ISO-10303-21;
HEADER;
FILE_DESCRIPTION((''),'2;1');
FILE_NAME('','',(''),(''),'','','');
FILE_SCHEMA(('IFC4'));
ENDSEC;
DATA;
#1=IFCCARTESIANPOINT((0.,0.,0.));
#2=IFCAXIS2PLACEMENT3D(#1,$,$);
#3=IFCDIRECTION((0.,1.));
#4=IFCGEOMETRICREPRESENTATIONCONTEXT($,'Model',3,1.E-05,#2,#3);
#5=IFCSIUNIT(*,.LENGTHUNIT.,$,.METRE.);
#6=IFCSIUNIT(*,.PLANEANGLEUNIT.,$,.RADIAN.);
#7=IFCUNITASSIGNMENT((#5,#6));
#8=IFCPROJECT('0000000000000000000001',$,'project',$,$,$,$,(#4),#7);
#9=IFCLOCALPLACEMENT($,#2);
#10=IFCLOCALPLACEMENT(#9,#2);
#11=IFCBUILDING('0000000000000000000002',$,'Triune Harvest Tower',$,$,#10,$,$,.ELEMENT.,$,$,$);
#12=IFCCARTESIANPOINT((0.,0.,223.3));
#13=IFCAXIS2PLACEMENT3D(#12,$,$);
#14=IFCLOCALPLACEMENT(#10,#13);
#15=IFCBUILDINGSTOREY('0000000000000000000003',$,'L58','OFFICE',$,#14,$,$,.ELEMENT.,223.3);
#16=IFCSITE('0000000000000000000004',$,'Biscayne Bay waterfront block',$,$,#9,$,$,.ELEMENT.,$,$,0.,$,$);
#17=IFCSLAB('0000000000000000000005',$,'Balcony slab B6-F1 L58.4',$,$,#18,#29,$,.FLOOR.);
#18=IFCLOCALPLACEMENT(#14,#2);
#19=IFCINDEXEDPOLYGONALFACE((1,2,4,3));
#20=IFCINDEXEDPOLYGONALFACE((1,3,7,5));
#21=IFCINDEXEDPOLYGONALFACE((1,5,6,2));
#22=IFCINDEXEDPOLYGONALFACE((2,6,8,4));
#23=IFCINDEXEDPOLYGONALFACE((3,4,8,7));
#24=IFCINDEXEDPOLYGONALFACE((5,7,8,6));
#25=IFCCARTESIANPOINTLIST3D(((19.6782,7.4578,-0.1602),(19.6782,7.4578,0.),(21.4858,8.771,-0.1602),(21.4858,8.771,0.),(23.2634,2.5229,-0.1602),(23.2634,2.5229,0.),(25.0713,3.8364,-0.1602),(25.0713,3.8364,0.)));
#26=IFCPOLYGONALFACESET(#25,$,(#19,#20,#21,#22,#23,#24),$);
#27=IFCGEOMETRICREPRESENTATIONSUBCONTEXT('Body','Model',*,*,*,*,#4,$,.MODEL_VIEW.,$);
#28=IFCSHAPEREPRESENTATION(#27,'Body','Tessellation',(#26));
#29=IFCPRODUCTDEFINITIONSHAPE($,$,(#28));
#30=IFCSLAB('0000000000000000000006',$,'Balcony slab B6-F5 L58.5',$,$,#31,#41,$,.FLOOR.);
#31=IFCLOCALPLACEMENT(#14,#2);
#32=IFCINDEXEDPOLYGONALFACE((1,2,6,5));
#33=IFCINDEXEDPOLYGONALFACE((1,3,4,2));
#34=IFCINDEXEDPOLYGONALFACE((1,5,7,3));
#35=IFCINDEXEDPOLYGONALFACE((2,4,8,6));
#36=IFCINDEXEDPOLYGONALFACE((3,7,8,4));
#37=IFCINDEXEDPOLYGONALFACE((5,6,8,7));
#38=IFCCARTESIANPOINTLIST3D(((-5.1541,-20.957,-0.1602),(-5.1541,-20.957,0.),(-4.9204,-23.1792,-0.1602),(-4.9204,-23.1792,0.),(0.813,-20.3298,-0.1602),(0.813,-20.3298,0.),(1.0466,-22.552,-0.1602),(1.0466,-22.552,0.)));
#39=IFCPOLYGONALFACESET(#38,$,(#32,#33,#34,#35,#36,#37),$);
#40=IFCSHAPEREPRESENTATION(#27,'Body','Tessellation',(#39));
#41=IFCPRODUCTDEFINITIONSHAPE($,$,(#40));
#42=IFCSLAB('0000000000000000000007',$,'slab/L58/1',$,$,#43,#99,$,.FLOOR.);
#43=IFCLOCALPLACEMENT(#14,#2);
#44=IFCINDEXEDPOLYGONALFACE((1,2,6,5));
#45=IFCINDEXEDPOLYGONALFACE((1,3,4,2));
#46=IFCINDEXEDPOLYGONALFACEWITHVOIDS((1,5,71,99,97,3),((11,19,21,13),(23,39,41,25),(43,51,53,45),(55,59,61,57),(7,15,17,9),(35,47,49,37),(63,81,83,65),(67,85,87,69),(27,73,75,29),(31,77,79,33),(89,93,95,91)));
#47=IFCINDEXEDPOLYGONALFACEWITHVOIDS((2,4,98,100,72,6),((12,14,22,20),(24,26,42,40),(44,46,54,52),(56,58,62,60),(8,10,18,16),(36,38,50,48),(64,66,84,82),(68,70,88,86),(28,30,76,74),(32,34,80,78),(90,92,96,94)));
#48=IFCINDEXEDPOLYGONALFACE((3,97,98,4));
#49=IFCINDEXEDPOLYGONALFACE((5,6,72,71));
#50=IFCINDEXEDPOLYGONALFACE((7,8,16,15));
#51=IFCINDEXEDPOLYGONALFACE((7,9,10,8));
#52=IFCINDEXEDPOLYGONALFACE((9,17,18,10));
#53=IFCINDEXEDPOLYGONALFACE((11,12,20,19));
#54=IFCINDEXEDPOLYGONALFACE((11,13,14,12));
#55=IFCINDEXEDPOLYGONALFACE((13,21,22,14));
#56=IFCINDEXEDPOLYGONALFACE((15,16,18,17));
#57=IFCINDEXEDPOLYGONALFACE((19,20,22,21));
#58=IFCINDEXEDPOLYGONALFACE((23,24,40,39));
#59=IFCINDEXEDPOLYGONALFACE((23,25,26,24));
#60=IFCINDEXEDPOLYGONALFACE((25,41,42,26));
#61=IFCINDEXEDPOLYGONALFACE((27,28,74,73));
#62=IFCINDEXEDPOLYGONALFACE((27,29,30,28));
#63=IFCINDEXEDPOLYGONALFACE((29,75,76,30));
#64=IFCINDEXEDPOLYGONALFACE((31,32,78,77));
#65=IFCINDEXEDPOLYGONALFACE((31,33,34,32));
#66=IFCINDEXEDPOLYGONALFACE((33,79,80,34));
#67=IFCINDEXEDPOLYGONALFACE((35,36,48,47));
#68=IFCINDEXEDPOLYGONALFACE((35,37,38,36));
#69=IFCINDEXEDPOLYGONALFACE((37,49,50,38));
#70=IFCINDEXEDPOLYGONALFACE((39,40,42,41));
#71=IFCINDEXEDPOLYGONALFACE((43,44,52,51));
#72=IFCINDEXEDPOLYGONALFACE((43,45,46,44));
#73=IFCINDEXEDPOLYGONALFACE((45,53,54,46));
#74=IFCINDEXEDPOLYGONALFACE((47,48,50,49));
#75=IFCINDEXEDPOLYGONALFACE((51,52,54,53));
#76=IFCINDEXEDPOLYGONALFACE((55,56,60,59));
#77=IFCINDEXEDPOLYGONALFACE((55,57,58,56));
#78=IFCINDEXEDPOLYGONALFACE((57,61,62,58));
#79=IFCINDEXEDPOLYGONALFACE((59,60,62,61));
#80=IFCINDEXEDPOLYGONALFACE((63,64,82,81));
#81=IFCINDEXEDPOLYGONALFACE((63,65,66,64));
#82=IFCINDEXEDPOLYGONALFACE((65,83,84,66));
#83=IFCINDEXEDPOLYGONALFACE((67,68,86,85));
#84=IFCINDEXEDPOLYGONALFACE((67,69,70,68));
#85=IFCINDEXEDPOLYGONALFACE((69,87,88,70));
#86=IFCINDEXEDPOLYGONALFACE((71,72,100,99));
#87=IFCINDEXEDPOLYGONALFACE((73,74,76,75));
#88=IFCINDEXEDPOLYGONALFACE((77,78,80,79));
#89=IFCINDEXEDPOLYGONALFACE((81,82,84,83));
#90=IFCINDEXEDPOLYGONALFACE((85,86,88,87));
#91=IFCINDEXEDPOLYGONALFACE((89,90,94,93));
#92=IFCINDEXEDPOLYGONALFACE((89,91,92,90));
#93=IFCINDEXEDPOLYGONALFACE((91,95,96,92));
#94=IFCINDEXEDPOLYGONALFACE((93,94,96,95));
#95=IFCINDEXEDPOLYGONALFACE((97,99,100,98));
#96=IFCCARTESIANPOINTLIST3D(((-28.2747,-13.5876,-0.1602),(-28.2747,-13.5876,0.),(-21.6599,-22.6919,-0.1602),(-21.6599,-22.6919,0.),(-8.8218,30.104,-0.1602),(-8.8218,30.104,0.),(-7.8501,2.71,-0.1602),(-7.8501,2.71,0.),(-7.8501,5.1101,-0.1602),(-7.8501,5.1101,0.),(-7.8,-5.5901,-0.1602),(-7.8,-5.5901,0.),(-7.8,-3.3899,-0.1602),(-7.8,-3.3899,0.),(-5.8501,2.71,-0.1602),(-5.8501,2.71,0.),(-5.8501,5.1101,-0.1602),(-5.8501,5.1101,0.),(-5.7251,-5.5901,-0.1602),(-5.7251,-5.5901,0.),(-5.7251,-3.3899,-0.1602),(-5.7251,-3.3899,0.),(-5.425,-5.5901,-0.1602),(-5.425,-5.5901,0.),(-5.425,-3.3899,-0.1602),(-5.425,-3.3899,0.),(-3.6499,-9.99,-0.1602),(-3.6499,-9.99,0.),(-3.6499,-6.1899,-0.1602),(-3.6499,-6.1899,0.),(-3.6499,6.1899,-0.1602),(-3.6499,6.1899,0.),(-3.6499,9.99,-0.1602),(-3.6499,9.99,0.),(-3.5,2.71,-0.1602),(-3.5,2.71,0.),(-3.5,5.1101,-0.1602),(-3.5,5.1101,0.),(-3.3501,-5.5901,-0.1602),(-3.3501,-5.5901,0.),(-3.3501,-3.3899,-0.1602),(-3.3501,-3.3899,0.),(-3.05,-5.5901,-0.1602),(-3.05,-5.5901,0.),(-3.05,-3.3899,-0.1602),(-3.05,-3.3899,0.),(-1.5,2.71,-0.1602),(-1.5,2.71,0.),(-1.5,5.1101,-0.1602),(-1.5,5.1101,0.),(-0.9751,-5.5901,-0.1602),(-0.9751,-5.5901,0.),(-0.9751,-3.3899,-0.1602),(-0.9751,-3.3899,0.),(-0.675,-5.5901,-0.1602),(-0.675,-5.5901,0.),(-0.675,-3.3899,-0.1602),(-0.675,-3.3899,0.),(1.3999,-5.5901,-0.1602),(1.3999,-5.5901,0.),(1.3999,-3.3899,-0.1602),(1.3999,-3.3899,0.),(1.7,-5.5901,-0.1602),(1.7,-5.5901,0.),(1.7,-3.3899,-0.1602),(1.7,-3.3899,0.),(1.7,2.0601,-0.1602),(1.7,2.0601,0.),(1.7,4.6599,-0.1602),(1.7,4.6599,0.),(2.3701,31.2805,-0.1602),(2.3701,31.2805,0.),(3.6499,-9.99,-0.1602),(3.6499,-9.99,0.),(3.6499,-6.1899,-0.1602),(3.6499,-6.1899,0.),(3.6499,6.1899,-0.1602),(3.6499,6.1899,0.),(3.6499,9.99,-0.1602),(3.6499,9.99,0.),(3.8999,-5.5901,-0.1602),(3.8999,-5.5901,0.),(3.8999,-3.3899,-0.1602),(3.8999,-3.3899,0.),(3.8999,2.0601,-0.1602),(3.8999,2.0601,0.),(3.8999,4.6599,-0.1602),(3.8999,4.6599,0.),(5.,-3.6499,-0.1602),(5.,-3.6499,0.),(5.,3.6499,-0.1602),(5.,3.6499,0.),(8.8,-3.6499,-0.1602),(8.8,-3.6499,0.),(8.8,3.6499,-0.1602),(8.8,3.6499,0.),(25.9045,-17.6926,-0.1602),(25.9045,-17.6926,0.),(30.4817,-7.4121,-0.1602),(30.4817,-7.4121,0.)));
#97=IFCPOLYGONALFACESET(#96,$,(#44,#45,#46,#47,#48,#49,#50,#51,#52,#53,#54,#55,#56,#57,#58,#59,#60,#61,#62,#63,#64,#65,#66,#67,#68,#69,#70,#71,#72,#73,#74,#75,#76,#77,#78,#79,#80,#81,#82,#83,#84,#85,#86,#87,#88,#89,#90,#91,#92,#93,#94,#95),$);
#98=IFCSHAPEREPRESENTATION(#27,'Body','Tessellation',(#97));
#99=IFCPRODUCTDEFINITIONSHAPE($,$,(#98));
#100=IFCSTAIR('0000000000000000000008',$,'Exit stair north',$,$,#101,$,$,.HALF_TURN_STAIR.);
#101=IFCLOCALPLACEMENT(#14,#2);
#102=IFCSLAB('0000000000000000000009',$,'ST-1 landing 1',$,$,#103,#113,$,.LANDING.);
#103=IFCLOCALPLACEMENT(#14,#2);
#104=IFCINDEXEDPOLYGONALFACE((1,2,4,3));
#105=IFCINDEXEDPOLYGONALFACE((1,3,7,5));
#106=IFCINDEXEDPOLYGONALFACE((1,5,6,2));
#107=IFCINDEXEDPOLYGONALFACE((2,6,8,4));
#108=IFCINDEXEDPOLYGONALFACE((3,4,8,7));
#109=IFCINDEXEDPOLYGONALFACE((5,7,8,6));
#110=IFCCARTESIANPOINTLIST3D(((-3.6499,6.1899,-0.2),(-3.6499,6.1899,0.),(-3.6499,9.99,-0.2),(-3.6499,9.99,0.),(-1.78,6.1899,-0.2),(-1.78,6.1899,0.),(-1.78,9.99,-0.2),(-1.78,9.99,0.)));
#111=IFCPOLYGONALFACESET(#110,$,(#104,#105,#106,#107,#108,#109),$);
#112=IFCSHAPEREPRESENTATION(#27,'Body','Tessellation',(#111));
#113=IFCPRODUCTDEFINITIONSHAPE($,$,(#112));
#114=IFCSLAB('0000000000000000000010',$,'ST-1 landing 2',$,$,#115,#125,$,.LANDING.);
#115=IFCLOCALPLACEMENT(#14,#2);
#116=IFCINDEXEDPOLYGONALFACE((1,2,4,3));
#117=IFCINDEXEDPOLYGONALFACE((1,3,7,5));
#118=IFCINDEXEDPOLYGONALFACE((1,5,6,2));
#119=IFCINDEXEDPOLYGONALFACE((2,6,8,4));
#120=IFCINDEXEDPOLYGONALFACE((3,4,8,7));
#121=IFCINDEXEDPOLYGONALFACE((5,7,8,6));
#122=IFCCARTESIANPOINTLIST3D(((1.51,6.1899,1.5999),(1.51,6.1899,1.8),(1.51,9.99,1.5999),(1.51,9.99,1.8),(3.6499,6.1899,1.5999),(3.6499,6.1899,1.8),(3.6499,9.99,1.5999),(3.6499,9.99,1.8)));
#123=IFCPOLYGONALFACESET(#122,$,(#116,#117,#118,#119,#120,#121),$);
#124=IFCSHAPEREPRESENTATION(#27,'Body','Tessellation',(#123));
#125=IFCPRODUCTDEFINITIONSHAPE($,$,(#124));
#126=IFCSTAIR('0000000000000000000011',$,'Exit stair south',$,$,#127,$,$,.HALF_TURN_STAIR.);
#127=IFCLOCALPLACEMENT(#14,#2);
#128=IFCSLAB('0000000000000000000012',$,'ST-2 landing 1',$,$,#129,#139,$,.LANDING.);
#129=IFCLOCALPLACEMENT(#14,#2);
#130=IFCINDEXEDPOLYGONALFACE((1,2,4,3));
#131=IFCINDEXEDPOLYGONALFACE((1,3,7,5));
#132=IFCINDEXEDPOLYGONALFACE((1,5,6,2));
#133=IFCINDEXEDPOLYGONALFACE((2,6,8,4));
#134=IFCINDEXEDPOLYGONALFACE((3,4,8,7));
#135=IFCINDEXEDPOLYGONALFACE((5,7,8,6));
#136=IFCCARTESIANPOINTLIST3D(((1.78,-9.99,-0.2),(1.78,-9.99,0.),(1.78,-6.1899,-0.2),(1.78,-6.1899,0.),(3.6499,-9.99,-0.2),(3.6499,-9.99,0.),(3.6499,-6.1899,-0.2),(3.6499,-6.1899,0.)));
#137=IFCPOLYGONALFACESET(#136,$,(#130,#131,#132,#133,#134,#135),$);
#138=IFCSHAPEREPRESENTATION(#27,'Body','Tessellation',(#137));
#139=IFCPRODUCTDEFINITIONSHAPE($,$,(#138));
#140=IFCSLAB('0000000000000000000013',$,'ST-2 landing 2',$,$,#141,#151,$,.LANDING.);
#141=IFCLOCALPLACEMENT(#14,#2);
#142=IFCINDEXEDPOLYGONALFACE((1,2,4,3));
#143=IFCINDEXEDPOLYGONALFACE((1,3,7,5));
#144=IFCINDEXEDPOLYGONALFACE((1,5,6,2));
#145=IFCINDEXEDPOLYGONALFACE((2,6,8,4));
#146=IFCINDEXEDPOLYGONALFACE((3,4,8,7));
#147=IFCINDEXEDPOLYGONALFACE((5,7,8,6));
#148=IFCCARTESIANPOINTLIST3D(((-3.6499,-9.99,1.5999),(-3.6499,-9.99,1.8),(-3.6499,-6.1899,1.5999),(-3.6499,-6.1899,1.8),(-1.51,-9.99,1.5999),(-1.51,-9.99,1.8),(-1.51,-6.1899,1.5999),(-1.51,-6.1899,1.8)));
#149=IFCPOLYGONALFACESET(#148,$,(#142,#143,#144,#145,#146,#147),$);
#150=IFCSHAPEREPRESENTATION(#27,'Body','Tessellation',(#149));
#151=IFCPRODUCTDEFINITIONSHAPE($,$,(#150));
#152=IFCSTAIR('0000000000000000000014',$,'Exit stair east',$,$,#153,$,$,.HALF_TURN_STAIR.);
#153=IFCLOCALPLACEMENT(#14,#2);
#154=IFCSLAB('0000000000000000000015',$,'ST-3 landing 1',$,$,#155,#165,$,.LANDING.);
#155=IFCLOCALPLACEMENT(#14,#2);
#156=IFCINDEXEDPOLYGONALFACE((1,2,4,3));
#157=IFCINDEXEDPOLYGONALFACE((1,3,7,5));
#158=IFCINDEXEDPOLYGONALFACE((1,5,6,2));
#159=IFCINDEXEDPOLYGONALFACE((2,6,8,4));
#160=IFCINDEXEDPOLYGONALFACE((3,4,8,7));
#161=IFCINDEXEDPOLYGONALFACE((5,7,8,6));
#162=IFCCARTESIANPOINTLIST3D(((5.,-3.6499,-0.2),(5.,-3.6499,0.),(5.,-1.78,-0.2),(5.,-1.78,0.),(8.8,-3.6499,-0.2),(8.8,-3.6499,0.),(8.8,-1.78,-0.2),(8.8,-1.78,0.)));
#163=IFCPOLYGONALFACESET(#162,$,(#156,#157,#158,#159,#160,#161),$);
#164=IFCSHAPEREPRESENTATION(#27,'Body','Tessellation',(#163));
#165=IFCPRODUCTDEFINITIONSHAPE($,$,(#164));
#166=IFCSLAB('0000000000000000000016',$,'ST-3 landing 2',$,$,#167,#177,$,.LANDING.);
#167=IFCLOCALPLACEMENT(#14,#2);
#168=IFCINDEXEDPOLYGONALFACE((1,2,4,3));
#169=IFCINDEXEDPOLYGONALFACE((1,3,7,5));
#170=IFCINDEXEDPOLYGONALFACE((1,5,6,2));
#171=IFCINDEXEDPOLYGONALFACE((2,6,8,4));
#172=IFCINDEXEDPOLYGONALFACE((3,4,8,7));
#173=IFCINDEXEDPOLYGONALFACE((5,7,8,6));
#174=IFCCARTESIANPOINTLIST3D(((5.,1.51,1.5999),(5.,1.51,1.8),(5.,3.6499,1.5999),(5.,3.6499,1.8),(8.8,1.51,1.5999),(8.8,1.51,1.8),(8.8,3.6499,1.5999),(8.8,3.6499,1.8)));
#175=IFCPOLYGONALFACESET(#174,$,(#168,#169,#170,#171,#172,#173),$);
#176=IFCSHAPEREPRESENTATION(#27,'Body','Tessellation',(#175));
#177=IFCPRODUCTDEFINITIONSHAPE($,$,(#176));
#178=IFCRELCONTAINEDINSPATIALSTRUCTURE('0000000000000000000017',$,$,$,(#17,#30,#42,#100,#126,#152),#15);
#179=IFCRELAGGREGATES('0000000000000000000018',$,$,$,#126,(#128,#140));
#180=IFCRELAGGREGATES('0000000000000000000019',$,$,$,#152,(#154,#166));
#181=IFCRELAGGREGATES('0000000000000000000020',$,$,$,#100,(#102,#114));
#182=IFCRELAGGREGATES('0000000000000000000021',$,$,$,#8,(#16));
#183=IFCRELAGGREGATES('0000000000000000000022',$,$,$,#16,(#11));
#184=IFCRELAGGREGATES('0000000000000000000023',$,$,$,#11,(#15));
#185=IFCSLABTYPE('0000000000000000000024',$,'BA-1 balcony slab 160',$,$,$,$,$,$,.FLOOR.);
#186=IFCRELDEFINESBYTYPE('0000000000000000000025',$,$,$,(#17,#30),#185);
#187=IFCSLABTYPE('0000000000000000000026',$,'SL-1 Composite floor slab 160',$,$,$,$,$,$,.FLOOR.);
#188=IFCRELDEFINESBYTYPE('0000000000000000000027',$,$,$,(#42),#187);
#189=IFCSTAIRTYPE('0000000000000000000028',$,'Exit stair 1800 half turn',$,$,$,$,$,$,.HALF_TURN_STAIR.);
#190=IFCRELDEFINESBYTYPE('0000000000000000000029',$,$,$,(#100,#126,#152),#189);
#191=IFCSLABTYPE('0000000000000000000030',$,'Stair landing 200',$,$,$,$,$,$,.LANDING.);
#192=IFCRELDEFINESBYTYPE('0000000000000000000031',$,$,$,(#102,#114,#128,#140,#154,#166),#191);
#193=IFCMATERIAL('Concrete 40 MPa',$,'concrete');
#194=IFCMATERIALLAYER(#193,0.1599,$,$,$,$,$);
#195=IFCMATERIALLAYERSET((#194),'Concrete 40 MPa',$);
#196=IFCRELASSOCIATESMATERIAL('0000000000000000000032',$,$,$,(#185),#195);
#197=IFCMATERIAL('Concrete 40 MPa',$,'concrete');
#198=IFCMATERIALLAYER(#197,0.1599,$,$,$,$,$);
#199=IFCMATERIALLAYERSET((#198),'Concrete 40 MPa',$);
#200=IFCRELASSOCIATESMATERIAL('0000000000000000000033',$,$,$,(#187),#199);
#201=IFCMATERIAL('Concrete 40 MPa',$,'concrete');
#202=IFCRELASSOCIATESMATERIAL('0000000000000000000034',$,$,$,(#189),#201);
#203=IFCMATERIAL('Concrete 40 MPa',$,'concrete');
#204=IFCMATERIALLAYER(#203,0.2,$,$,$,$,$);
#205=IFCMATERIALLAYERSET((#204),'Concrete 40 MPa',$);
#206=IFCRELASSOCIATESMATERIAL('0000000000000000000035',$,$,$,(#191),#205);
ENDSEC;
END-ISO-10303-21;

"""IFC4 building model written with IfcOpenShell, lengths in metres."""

from ifc_helpers import new_model, si_unit, direction, frame, origin, place, context, subcontext, project, spatial, polyline, outline, extrude, source, transform, mapped, material, layer, layer_set, type_object, element, aggregate, save


model = new_model("IFC4")

# Units and contexts
model_context = context("Model", 3, precision=1e-05, world=origin(), true_north=direction((0.0, 1.0)))
body_context = subcontext(model_context, "Body", "Model", "MODEL_VIEW")
ifc_project = project(units=[si_unit("LENGTHUNIT", "METRE"), si_unit("PLANEANGLEUNIT", "RADIAN")], contexts=[model_context])

# Site, building, storey
site_placement = place(None, origin())
site = spatial("IfcSite", under=ifc_project, at=site_placement, Name="Biscayne Bay waterfront block", CompositionType="ELEMENT", RefElevation=0.0)
building_placement = place(site_placement, origin())
building = spatial("IfcBuilding", under=site, at=building_placement, Name="Triune Harvest Tower", CompositionType="ELEMENT")
storey_placement = place(building_placement, frame((0.0, 0.0, 223.3)))
storey = spatial("IfcBuildingStorey", under=building, at=storey_placement, Name="L58", Description="OFFICE", CompositionType="ELEMENT", Elevation=223.3)

# Slabs
ifc_material_1 = material(Name="Concrete 40 MPa", Category="concrete")
ifc_layer_1 = layer(ifc_material_1, 0.1599)
ifc_layer_set_1 = layer_set([ifc_layer_1], Name="Concrete 40 MPa")
slab_type_1 = type_object("IfcSlabType", Name="BA-1 balcony slab 160", PredefinedType="FLOOR", material=ifc_layer_set_1)
slab_1_placement = place(storey_placement, frame((0.0, 0.0, -0.1602)))
element("IfcSlab", 1, at=slab_1_placement, inside=storey, type_object=slab_type_1, Name="Balcony slab B6-F1 L58.4", PredefinedType="FLOOR", context=body_context, shape_type="SweptSolid", body=[
    extrude(outline(polyline([(23.2634, 2.5229), (19.6782, 7.4578), (21.4858, 8.771), (25.0713, 3.8364), (23.2634, 2.5229)])), origin(), (0.0, 0.0, 1.0), 0.1602),
])
slab_2_placement = place(storey_placement, frame((0.0, 0.0, -0.1602)))
element("IfcSlab", 2, at=slab_2_placement, inside=storey, type_object=slab_type_1, Name="Balcony slab B6-F5 L58.5", PredefinedType="FLOOR", context=body_context, shape_type="SweptSolid", body=[
    extrude(outline(polyline([(-5.1541, -20.957), (0.813, -20.3298), (1.0466, -22.552), (-4.9204, -23.1792), (-5.1541, -20.957)])), origin(), (0.0, 0.0, 1.0), 0.1602),
])
ifc_material_2 = material(Name="Concrete 40 MPa", Category="concrete")
ifc_layer_2 = layer(ifc_material_2, 0.1599)
ifc_layer_set_2 = layer_set([ifc_layer_2], Name="Concrete 40 MPa")
slab_type_2 = type_object("IfcSlabType", Name="SL-1 Composite floor slab 160", PredefinedType="FLOOR", material=ifc_layer_set_2)
shared_shape_1 = source(origin(), body_context, "Body", "SweptSolid", [
    extrude(outline(polyline([(30.4817, -7.4121), (2.3701, 31.2805), (-8.8218, 30.104), (-28.2747, -13.5876), (-21.6599, -22.6919), (25.9045, -17.6926), (30.4817, -7.4121)]), holes=[polyline([(-5.7251, -5.5901), (-5.7251, -3.3899), (-7.8, -3.3899), (-7.8, -5.5901), (-5.7251, -5.5901)]), polyline([(-3.3501, -5.5901), (-3.3501, -3.3899), (-5.425, -3.3899), (-5.425, -5.5901), (-3.3501, -5.5901)]), polyline([(-0.9751, -5.5901), (-0.9751, -3.3899), (-3.05, -3.3899), (-3.05, -5.5901), (-0.9751, -5.5901)]), polyline([(1.3999, -5.5901), (1.3999, -3.3899), (-0.675, -3.3899), (-0.675, -5.5901), (1.3999, -5.5901)]), polyline([(3.8999, 2.0601), (3.8999, 4.6599), (1.7, 4.6599), (1.7, 2.0601), (3.8999, 2.0601)]), polyline([(3.8999, -5.5901), (3.8999, -3.3899), (1.7, -3.3899), (1.7, -5.5901), (3.8999, -5.5901)]), polyline([(-5.8501, 2.71), (-5.8501, 5.1101), (-7.8501, 5.1101), (-7.8501, 2.71), (-5.8501, 2.71)]), polyline([(-1.5, 2.71), (-1.5, 5.1101), (-3.5, 5.1101), (-3.5, 2.71), (-1.5, 2.71)]), polyline([(3.6499, 6.1899), (3.6499, 9.99), (-3.6499, 9.99), (-3.6499, 6.1899), (3.6499, 6.1899)]), polyline([(3.6499, -9.99), (3.6499, -6.1899), (-3.6499, -6.1899), (-3.6499, -9.99), (3.6499, -9.99)]), polyline([(8.8, -3.6499), (8.8, 3.6499), (5.0, 3.6499), (5.0, -3.6499), (8.8, -3.6499)])]), origin(), (0.0, 0.0, 1.0), 0.1602),
])
slab_3_placement = place(storey_placement, frame((0.0, 0.0, -0.1602)))
element("IfcSlab", 3, at=slab_3_placement, inside=storey, type_object=slab_type_2, Name="slab/L58/1", PredefinedType="FLOOR", context=body_context, shape_type="MappedRepresentation", body=[
    mapped(shared_shape_1, transform((0.0, 0.0, 0.0), scale=1.0)),
])

# Stairs, slabs
ifc_material_3 = material(Name="Concrete 40 MPa", Category="concrete")
stair_type = type_object("IfcStairType", Name="Exit stair 1800 half turn", PredefinedType="HALF_TURN_STAIR", material=ifc_material_3)
stair_1_placement = place(storey_placement, origin())
stair_1 = element("IfcStair", 4, at=stair_1_placement, inside=storey, type_object=stair_type, Name="Exit stair north", PredefinedType="HALF_TURN_STAIR")
ifc_material_4 = material(Name="Concrete 40 MPa", Category="concrete")
ifc_layer_3 = layer(ifc_material_4, 0.2)
ifc_layer_set_3 = layer_set([ifc_layer_3], Name="Concrete 40 MPa")
slab_type_3 = type_object("IfcSlabType", Name="Stair landing 200", PredefinedType="LANDING", material=ifc_layer_set_3)
shared_shape_2 = source(origin(), body_context, "Body", "SweptSolid", [
    extrude(outline(polyline([(-3.6499, 6.1899), (-1.78, 6.1899), (-1.78, 9.99), (-3.6499, 9.99), (-3.6499, 6.1899)])), origin(), (0.0, 0.0, 1.0), 0.2),
])
slab_4_placement = place(storey_placement, frame((0.0, 0.0, -0.2)))
slab_4 = element("IfcSlab", 5, at=slab_4_placement, type_object=slab_type_3, Name="ST-1 landing 1", PredefinedType="LANDING", context=body_context, shape_type="MappedRepresentation", body=[
    mapped(shared_shape_2, transform((0.0, 0.0, 0.0), scale=1.0)),
])
shared_shape_3 = source(origin(), body_context, "Body", "SweptSolid", [
    extrude(outline(polyline([(1.51, 6.1899), (3.6499, 6.1899), (3.6499, 9.99), (1.51, 9.99), (1.51, 6.1899)])), origin(), (0.0, 0.0, 1.0), 0.2002),
])
slab_5_placement = place(storey_placement, frame((0.0, 0.0, 1.5999)))
slab_5 = element("IfcSlab", 6, at=slab_5_placement, type_object=slab_type_3, Name="ST-1 landing 2", PredefinedType="LANDING", context=body_context, shape_type="MappedRepresentation", body=[
    mapped(shared_shape_3, transform((0.0, 0.0, 0.0), scale=1.0)),
])
stair_2_placement = place(storey_placement, origin())
stair_2 = element("IfcStair", 7, at=stair_2_placement, inside=storey, type_object=stair_type, Name="Exit stair south", PredefinedType="HALF_TURN_STAIR")
shared_shape_4 = source(origin(), body_context, "Body", "SweptSolid", [
    extrude(outline(polyline([(3.6499, -6.1899), (1.78, -6.1899), (1.78, -9.99), (3.6499, -9.99), (3.6499, -6.1899)])), origin(), (0.0, 0.0, 1.0), 0.2),
])
slab_6_placement = place(storey_placement, frame((0.0, 0.0, -0.2)))
slab_6 = element("IfcSlab", 8, at=slab_6_placement, type_object=slab_type_3, Name="ST-2 landing 1", PredefinedType="LANDING", context=body_context, shape_type="MappedRepresentation", body=[
    mapped(shared_shape_4, transform((0.0, 0.0, 0.0), scale=1.0)),
])
shared_shape_5 = source(origin(), body_context, "Body", "SweptSolid", [
    extrude(outline(polyline([(-1.51, -6.1899), (-3.6499, -6.1899), (-3.6499, -9.99), (-1.51, -9.99), (-1.51, -6.1899)])), origin(), (0.0, 0.0, 1.0), 0.2002),
])
slab_7_placement = place(storey_placement, frame((0.0, 0.0, 1.5999)))
slab_7 = element("IfcSlab", 9, at=slab_7_placement, type_object=slab_type_3, Name="ST-2 landing 2", PredefinedType="LANDING", context=body_context, shape_type="MappedRepresentation", body=[
    mapped(shared_shape_5, transform((0.0, 0.0, 0.0), scale=1.0)),
])
aggregate(stair_2, [slab_6, slab_7])
stair_3_placement = place(storey_placement, origin())
stair_3 = element("IfcStair", 10, at=stair_3_placement, inside=storey, type_object=stair_type, Name="Exit stair east", PredefinedType="HALF_TURN_STAIR")
shared_shape_6 = source(origin(), body_context, "Body", "SweptSolid", [
    extrude(outline(polyline([(8.8, -3.6499), (8.8, -1.78), (5.0, -1.78), (5.0, -3.6499), (8.8, -3.6499)])), origin(), (0.0, 0.0, 1.0), 0.2),
])
slab_8_placement = place(storey_placement, frame((0.0, 0.0, -0.2)))
slab_8 = element("IfcSlab", 11, at=slab_8_placement, type_object=slab_type_3, Name="ST-3 landing 1", PredefinedType="LANDING", context=body_context, shape_type="MappedRepresentation", body=[
    mapped(shared_shape_6, transform((0.0, 0.0, 0.0), scale=1.0)),
])
shared_shape_7 = source(origin(), body_context, "Body", "SweptSolid", [
    extrude(outline(polyline([(8.8, 1.51), (8.8, 3.6499), (5.0, 3.6499), (5.0, 1.51), (8.8, 1.51)])), origin(), (0.0, 0.0, 1.0), 0.2002),
])
slab_9_placement = place(storey_placement, frame((0.0, 0.0, 1.5999)))
slab_9 = element("IfcSlab", 12, at=slab_9_placement, type_object=slab_type_3, Name="ST-3 landing 2", PredefinedType="LANDING", context=body_context, shape_type="MappedRepresentation", body=[
    mapped(shared_shape_7, transform((0.0, 0.0, 0.0), scale=1.0)),
])
aggregate(stair_3, [slab_8, slab_9])

aggregate(stair_1, [slab_4, slab_5])

save(model, "model.ifc")
